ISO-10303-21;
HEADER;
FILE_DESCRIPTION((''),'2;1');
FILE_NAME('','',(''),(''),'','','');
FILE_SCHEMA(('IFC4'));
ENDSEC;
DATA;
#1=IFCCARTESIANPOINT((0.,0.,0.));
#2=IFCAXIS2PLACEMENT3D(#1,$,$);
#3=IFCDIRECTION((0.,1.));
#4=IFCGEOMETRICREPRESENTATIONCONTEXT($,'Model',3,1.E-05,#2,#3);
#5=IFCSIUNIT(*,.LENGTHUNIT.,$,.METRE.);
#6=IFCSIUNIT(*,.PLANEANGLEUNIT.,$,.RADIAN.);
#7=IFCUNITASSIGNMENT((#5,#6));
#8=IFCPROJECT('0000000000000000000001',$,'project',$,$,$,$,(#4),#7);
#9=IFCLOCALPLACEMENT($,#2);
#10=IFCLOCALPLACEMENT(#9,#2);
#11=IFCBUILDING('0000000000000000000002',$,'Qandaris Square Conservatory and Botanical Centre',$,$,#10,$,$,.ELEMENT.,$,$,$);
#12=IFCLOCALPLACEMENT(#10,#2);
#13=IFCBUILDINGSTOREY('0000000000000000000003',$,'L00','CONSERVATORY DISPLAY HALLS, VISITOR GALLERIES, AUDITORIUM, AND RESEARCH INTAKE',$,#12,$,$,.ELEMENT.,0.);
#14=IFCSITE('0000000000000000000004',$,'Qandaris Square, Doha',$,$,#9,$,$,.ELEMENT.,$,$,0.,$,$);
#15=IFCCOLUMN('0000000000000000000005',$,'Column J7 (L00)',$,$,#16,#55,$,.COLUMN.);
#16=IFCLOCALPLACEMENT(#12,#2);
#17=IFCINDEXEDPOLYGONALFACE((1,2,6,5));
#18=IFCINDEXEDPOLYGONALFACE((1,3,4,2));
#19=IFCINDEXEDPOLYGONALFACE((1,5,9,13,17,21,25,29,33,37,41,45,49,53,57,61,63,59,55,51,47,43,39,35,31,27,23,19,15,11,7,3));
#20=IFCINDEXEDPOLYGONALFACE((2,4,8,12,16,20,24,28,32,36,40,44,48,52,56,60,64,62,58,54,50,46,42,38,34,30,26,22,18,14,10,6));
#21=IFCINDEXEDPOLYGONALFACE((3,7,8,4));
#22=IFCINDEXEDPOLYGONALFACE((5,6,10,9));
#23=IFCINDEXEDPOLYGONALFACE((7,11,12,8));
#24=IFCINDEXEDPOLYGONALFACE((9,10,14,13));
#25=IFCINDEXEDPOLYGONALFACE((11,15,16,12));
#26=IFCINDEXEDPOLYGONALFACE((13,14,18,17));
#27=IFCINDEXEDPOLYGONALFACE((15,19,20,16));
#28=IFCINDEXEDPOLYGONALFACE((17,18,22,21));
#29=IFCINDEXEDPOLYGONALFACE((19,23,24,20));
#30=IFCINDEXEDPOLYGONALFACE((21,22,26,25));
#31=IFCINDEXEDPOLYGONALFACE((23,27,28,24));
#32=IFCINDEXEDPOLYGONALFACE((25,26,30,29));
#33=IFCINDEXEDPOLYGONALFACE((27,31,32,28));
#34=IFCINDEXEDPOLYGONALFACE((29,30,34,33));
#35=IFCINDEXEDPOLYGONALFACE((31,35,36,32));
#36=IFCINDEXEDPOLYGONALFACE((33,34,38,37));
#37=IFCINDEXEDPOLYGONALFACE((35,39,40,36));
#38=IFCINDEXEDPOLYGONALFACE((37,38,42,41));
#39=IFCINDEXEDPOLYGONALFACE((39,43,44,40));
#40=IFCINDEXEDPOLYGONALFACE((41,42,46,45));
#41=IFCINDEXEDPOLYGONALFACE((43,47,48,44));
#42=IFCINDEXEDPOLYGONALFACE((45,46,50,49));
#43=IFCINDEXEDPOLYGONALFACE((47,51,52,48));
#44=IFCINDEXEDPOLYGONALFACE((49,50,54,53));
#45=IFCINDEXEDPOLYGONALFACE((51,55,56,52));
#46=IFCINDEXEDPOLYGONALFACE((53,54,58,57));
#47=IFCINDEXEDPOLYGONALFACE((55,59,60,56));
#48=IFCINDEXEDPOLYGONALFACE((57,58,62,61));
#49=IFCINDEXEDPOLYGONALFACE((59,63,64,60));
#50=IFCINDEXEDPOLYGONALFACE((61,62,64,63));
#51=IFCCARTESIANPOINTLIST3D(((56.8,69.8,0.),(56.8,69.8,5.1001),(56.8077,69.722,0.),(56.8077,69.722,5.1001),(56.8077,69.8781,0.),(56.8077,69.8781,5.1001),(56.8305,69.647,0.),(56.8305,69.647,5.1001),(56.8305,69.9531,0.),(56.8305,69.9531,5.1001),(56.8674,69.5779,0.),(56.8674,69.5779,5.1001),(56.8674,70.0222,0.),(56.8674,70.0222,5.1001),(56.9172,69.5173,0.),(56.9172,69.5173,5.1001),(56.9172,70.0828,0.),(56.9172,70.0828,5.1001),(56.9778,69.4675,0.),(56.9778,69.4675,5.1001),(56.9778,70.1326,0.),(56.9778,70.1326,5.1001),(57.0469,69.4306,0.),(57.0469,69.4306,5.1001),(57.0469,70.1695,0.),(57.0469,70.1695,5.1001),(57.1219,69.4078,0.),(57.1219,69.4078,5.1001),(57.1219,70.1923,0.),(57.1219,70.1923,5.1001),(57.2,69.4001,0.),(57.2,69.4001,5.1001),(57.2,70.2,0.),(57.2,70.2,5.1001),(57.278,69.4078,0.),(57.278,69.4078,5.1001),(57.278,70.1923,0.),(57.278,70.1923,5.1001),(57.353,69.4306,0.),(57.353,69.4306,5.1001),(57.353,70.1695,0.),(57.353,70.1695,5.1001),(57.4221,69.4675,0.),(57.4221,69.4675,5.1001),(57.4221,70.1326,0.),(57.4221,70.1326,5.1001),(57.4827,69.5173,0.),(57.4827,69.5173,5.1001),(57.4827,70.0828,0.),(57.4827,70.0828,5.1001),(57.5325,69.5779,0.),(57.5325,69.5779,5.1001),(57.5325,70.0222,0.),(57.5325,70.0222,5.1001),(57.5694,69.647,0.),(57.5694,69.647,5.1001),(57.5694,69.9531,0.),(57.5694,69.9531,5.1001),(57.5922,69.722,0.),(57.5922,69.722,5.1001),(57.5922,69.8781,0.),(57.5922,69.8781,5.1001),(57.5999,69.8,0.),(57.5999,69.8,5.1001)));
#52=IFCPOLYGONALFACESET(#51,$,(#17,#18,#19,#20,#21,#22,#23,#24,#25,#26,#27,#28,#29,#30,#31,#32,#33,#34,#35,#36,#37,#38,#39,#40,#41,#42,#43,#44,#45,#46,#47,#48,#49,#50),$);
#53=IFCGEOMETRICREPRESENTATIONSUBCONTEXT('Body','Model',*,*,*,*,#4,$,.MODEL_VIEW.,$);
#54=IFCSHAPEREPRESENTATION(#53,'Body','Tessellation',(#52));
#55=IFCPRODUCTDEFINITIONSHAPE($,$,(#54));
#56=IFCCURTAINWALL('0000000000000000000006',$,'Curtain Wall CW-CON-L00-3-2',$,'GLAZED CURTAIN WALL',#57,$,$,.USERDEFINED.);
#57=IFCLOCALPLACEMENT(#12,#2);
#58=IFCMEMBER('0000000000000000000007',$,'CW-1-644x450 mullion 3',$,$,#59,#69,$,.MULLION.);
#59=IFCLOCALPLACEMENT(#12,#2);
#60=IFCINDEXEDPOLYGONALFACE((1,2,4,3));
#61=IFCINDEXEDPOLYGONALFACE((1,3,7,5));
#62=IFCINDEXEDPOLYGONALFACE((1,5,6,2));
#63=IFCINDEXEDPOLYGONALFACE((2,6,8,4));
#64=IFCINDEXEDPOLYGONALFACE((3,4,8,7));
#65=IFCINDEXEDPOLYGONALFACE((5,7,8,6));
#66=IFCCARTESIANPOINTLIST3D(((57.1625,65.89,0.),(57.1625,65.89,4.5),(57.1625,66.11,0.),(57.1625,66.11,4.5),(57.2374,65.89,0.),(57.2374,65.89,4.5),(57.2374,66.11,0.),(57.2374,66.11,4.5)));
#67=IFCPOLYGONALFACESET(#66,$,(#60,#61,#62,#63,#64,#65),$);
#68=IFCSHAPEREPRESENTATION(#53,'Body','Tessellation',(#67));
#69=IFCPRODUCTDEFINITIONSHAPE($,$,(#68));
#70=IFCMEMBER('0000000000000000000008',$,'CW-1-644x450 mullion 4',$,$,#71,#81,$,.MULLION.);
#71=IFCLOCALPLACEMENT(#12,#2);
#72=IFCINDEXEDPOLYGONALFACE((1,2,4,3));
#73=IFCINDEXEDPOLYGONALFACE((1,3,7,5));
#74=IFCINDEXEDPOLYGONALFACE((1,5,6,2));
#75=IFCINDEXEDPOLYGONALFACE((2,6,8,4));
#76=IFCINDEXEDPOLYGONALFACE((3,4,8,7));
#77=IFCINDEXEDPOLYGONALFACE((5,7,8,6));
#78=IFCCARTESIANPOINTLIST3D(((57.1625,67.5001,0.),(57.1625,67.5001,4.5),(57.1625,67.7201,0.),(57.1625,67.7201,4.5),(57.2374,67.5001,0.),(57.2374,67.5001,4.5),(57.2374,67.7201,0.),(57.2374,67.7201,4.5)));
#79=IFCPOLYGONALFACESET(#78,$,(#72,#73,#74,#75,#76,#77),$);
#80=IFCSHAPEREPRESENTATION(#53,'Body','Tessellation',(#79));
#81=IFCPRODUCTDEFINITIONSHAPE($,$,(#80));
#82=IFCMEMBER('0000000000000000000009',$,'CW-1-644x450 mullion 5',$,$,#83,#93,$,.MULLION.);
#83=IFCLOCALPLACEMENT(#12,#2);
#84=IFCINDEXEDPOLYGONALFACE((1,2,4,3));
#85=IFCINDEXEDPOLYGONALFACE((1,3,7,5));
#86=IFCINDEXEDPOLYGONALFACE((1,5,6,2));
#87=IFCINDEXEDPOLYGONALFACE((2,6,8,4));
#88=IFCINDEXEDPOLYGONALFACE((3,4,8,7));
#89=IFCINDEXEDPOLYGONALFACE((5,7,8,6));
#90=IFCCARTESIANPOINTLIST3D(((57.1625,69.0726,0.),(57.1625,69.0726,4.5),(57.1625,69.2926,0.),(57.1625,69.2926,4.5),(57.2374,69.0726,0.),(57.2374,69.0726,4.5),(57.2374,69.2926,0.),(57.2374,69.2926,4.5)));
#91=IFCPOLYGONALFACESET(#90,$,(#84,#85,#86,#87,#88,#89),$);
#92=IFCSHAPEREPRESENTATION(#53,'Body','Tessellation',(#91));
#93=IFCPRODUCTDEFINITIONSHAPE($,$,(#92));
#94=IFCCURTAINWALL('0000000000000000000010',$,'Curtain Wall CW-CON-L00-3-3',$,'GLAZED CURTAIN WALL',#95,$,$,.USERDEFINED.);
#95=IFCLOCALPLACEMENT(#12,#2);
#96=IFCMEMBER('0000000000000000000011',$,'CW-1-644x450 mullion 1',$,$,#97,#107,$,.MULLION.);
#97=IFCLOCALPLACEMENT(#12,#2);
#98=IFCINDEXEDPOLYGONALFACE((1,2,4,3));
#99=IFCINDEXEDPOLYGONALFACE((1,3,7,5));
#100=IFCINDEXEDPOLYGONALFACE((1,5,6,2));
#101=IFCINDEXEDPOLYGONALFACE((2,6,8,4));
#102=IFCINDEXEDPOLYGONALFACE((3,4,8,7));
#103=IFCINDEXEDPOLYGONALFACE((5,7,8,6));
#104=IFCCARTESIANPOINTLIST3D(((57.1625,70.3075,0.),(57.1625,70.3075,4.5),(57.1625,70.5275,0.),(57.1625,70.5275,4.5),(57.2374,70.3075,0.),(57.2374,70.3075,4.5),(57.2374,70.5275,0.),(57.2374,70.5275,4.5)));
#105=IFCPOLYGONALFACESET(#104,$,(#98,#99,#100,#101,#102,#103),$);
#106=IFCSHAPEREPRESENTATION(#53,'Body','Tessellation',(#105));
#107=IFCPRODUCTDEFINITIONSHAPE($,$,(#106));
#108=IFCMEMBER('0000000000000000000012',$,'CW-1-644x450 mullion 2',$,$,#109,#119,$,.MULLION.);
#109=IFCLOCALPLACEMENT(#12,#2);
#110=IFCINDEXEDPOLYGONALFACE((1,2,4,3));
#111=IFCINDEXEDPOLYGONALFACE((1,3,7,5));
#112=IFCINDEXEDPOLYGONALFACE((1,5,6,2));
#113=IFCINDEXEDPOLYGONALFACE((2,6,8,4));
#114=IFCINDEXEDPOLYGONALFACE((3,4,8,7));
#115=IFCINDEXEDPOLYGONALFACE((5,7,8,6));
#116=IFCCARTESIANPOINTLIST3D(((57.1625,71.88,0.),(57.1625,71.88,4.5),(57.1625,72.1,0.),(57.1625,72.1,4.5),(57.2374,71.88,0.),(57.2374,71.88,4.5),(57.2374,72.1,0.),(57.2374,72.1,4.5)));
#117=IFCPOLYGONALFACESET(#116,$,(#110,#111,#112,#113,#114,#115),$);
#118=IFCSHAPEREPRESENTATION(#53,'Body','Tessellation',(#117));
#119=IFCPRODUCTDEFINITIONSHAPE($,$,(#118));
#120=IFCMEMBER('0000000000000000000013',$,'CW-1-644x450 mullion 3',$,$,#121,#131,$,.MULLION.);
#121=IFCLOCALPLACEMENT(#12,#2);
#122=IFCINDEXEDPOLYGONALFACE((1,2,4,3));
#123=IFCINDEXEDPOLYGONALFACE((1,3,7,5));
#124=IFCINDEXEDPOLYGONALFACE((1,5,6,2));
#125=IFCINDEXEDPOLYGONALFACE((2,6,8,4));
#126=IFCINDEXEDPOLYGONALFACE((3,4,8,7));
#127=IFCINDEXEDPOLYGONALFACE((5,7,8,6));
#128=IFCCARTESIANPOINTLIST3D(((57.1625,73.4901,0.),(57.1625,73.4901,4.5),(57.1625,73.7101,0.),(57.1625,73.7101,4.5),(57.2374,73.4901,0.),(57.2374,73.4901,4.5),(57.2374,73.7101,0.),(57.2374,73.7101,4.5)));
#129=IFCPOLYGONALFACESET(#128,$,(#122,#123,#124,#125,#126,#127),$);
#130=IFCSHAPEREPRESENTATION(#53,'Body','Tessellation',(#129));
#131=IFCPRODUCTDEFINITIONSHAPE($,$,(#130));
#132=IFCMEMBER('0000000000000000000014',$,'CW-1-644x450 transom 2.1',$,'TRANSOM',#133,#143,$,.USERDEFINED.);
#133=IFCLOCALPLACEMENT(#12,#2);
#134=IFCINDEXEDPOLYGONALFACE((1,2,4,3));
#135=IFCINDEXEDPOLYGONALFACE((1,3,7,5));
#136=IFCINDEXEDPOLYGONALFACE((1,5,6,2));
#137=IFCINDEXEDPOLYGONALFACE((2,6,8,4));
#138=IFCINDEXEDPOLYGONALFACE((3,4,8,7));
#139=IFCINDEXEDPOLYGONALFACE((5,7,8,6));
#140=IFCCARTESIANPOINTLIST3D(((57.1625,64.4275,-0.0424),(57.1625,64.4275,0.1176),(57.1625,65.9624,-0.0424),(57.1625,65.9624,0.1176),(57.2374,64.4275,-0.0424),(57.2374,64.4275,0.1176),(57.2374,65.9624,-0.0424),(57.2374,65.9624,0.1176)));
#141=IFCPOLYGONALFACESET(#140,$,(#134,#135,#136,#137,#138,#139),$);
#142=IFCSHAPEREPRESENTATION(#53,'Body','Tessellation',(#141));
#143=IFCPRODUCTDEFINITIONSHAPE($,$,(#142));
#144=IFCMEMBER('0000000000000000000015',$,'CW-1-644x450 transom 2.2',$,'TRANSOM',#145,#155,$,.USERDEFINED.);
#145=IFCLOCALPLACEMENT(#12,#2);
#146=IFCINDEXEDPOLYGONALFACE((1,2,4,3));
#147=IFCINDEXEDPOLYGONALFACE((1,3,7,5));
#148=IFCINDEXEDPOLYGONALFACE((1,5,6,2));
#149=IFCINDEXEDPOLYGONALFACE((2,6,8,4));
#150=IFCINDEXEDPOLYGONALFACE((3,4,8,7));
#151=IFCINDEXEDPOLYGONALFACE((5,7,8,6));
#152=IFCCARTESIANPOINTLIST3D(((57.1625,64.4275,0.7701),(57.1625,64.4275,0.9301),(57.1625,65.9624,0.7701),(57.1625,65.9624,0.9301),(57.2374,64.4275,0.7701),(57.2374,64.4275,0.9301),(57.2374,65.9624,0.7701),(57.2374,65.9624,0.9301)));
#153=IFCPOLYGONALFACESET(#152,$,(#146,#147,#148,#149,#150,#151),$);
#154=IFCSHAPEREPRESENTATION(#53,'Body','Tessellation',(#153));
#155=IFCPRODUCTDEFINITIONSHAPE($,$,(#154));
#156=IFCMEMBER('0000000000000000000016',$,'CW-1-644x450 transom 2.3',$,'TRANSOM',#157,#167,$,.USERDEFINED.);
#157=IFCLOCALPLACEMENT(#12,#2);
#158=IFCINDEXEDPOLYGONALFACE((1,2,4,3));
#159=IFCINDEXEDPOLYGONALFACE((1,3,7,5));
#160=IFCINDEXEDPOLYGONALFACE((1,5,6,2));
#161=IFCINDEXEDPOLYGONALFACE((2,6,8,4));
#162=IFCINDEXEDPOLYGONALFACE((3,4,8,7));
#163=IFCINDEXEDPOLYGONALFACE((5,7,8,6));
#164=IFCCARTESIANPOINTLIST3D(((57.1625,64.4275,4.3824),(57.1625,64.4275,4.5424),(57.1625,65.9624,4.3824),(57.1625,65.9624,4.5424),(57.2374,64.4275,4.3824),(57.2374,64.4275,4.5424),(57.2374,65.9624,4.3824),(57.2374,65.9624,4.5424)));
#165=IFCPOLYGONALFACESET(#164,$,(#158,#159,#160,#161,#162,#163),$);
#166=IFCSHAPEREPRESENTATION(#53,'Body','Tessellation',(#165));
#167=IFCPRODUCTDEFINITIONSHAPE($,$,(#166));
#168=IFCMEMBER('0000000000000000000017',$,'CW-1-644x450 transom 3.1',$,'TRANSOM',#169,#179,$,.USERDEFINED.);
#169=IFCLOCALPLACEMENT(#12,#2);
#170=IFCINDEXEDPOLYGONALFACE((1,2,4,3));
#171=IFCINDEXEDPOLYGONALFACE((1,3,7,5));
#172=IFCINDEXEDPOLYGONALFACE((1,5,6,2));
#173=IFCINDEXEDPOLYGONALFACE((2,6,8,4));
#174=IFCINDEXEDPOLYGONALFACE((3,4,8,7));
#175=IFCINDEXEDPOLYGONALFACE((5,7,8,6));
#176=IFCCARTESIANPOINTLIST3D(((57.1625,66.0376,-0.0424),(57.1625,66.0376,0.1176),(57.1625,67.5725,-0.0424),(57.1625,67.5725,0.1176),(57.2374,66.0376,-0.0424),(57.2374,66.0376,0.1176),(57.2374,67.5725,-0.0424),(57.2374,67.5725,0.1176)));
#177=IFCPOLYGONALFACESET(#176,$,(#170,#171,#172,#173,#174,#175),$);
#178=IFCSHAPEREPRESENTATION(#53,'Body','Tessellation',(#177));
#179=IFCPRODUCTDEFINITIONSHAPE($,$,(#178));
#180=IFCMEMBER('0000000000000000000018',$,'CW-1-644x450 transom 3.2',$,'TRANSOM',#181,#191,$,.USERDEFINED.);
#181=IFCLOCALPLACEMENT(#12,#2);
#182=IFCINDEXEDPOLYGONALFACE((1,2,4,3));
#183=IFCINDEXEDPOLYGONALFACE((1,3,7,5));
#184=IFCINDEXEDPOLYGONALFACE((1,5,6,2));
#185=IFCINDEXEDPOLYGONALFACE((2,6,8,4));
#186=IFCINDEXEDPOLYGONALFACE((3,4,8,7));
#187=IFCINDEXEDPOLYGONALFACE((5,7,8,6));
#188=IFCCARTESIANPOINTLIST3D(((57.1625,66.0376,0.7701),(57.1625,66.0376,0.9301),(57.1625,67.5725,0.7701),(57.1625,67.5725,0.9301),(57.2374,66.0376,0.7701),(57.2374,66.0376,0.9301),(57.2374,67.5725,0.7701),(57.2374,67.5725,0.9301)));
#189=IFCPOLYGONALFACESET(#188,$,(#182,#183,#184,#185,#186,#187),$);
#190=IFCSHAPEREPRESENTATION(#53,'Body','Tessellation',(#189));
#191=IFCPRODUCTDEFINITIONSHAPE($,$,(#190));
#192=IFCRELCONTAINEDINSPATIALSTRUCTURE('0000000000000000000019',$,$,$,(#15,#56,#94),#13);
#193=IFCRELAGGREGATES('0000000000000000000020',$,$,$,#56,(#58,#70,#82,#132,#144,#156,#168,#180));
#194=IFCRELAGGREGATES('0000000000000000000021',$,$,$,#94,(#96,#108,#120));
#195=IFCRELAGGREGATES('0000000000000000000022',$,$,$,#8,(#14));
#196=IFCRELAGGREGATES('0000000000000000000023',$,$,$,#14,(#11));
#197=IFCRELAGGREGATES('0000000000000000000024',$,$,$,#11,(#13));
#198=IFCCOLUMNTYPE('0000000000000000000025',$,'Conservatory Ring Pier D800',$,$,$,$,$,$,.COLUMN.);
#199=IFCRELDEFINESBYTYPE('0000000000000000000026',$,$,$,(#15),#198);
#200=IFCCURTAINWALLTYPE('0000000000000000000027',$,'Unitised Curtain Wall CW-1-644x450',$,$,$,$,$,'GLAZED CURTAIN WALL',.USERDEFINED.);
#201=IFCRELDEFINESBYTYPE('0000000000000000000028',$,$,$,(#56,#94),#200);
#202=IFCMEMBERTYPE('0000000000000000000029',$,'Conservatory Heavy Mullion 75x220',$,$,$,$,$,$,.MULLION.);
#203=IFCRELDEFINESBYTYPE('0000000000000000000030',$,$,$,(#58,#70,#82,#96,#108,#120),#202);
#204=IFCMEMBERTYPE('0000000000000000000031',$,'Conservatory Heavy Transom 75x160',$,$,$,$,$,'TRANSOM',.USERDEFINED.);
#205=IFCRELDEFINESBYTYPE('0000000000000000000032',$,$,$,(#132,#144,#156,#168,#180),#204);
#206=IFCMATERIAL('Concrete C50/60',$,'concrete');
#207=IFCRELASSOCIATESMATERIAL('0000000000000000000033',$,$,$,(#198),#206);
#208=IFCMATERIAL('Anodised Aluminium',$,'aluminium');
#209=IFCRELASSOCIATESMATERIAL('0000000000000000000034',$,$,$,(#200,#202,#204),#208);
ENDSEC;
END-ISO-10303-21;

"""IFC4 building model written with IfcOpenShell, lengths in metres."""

from ifc_helpers import new_model, si_unit, direction, frame, origin, origin_2d, place, context, subcontext, project, spatial, rectangle, circle, extrude, material, material_profile, profile_set, type_object, element, aggregate, save


model = new_model("IFC4")

# Units and contexts
model_context = context("Model", 3, precision=1e-05, world=origin(), true_north=direction((0.0, 1.0)))
body_context = subcontext(model_context, "Body", "Model", "MODEL_VIEW")
ifc_project = project(units=[si_unit("LENGTHUNIT", "METRE"), si_unit("PLANEANGLEUNIT", "RADIAN")], contexts=[model_context])

# Site, building, storey
site_placement = place(None, origin())
site = spatial("IfcSite", under=ifc_project, at=site_placement, Name="Qandaris Square, Doha", CompositionType="ELEMENT", RefElevation=0.0)
building_placement = place(site_placement, origin())
building = spatial("IfcBuilding", under=site, at=building_placement, Name="Qandaris Square Conservatory and Botanical Centre", CompositionType="ELEMENT")
storey_placement = place(building_placement, origin())
storey = spatial("IfcBuildingStorey", under=building, at=storey_placement, Name="L00", Description="CONSERVATORY DISPLAY HALLS, VISITOR GALLERIES, AUDITORIUM, AND RESEARCH INTAKE", CompositionType="ELEMENT", Elevation=0.0)

# Column
ifc_material_1 = material(Name="Concrete C50/60", Category="concrete")
ifc_material_profile_1 = material_profile(ifc_material_1, circle(Radius=0.3999, at=origin_2d()), Name="RC-COL D800")
ifc_profile_set_1 = profile_set([ifc_material_profile_1], Name="Concrete C50/60")
column_type = type_object("IfcColumnType", Name="Conservatory Ring Pier D800", PredefinedType="COLUMN", material=ifc_profile_set_1)
column_placement = place(storey_placement, frame((57.2, 69.8, 0.0), z_axis=(0.0, 0.0, 1.0), x_axis=(1.0, 0.0, 0.0)))
element("IfcColumn", 1, at=column_placement, inside=storey, type_object=column_type, Name="Column J7 (L00)", PredefinedType="COLUMN", context=body_context, shape_type="SweptSolid", body=[
    extrude(circle(Radius=0.3999, at=origin_2d()), origin(), (0.0, 0.0, 1.0), 5.1001),
])

# Curtain walls, members
ifc_material_2 = material(Name="Anodised Aluminium", Category="aluminium")
curtain_wall_type = type_object("IfcCurtainWallType", Name="Unitised Curtain Wall CW-1-644x450", ElementType="GLAZED CURTAIN WALL", PredefinedType="USERDEFINED", material=ifc_material_2)
curtain_wall_1_placement = place(storey_placement, origin())
curtain_wall_1 = element("IfcCurtainWall", 2, at=curtain_wall_1_placement, inside=storey, type_object=curtain_wall_type, Name="Curtain Wall CW-CON-L00-3-2", ObjectType="GLAZED CURTAIN WALL", PredefinedType="USERDEFINED")
ifc_material_profile_2 = material_profile(ifc_material_2, rectangle(XDim=0.075, YDim=0.22, at=origin_2d()), Name="ALU-MUL 75x220")
ifc_profile_set_2 = profile_set([ifc_material_profile_2], Name="Anodised Aluminium")
member_type_1 = type_object("IfcMemberType", Name="Conservatory Heavy Mullion 75x220", PredefinedType="MULLION", material=ifc_profile_set_2)
member_1_placement = place(storey_placement, frame((57.2, 66.0, 0.0), z_axis=(0.0, 0.0, 1.0), x_axis=(-1.0, 0.0, 0.0)))
member_1 = element("IfcMember", 3, at=member_1_placement, type_object=member_type_1, Name="CW-1-644x450 mullion 3", PredefinedType="MULLION", context=body_context, shape_type="SweptSolid", body=[
    extrude(rectangle(XDim=0.075, YDim=0.22, at=origin_2d()), origin(), (0.0, 0.0, 1.0), 4.5),
])
member_2_placement = place(storey_placement, frame((57.2, 67.6101, 0.0), z_axis=(0.0, 0.0, 1.0), x_axis=(-1.0, 0.0, 0.0)))
member_2 = element("IfcMember", 4, at=member_2_placement, type_object=member_type_1, Name="CW-1-644x450 mullion 4", PredefinedType="MULLION", context=body_context, shape_type="SweptSolid", body=[
    extrude(rectangle(XDim=0.075, YDim=0.22, at=origin_2d()), origin(), (0.0, 0.0, 1.0), 4.5),
])
member_3_placement = place(storey_placement, frame((57.2, 69.1826, 0.0), z_axis=(0.0, 0.0, 1.0), x_axis=(-1.0, 0.0, 0.0)))
member_3 = element("IfcMember", 5, at=member_3_placement, type_object=member_type_1, Name="CW-1-644x450 mullion 5", PredefinedType="MULLION", context=body_context, shape_type="SweptSolid", body=[
    extrude(rectangle(XDim=0.075, YDim=0.22, at=origin_2d()), origin(), (0.0, 0.0, 1.0), 4.5),
])
curtain_wall_2_placement = place(storey_placement, origin())
curtain_wall_2 = element("IfcCurtainWall", 6, at=curtain_wall_2_placement, inside=storey, type_object=curtain_wall_type, Name="Curtain Wall CW-CON-L00-3-3", ObjectType="GLAZED CURTAIN WALL", PredefinedType="USERDEFINED")
member_4_placement = place(storey_placement, frame((57.2, 70.4175, 0.0), z_axis=(0.0, 0.0, 1.0), x_axis=(-1.0, 0.0, 0.0)))
member_4 = element("IfcMember", 7, at=member_4_placement, type_object=member_type_1, Name="CW-1-644x450 mullion 1", PredefinedType="MULLION", context=body_context, shape_type="SweptSolid", body=[
    extrude(rectangle(XDim=0.075, YDim=0.22, at=origin_2d()), origin(), (0.0, 0.0, 1.0), 4.5),
])
member_5_placement = place(storey_placement, frame((57.2, 71.99, 0.0), z_axis=(0.0, 0.0, 1.0), x_axis=(-1.0, 0.0, 0.0)))
member_5 = element("IfcMember", 8, at=member_5_placement, type_object=member_type_1, Name="CW-1-644x450 mullion 2", PredefinedType="MULLION", context=body_context, shape_type="SweptSolid", body=[
    extrude(rectangle(XDim=0.075, YDim=0.22, at=origin_2d()), origin(), (0.0, 0.0, 1.0), 4.5),
])
member_6_placement = place(storey_placement, frame((57.2, 73.6001, 0.0), z_axis=(0.0, 0.0, 1.0), x_axis=(-1.0, 0.0, 0.0)))
member_6 = element("IfcMember", 9, at=member_6_placement, type_object=member_type_1, Name="CW-1-644x450 mullion 3", PredefinedType="MULLION", context=body_context, shape_type="SweptSolid", body=[
    extrude(rectangle(XDim=0.075, YDim=0.22, at=origin_2d()), origin(), (0.0, 0.0, 1.0), 4.5),
])

# Members
ifc_material_profile_3 = material_profile(ifc_material_2, rectangle(XDim=0.075, YDim=0.1599, at=origin_2d()), Name="ALU-TRN 75x160")
ifc_profile_set_3 = profile_set([ifc_material_profile_3], Name="Anodised Aluminium")
member_type_2 = type_object("IfcMemberType", Name="Conservatory Heavy Transom 75x160", ElementType="TRANSOM", PredefinedType="USERDEFINED", material=ifc_profile_set_3)
member_7_placement = place(storey_placement, frame((57.2, 64.4275, 0.0376), z_axis=(0.0, 1.0, 0.0), x_axis=(-1.0, 0.0, 0.0)))
member_7 = element("IfcMember", 10, at=member_7_placement, type_object=member_type_2, Name="CW-1-644x450 transom 2.1", ObjectType="TRANSOM", PredefinedType="USERDEFINED", context=body_context, shape_type="SweptSolid", body=[
    extrude(rectangle(XDim=0.075, YDim=0.1599, at=origin_2d()), origin(), (0.0, 0.0, 1.0), 1.5349),
])
member_8_placement = place(storey_placement, frame((57.2, 64.4275, 0.8501), z_axis=(0.0, 1.0, 0.0), x_axis=(-1.0, 0.0, 0.0)))
member_8 = element("IfcMember", 11, at=member_8_placement, type_object=member_type_2, Name="CW-1-644x450 transom 2.2", ObjectType="TRANSOM", PredefinedType="USERDEFINED", context=body_context, shape_type="SweptSolid", body=[
    extrude(rectangle(XDim=0.075, YDim=0.1599, at=origin_2d()), origin(), (0.0, 0.0, 1.0), 1.5349),
])
member_9_placement = place(storey_placement, frame((57.2, 64.4275, 4.4624), z_axis=(0.0, 1.0, 0.0), x_axis=(-1.0, 0.0, 0.0)))
member_9 = element("IfcMember", 12, at=member_9_placement, type_object=member_type_2, Name="CW-1-644x450 transom 2.3", ObjectType="TRANSOM", PredefinedType="USERDEFINED", context=body_context, shape_type="SweptSolid", body=[
    extrude(rectangle(XDim=0.075, YDim=0.1599, at=origin_2d()), origin(), (0.0, 0.0, 1.0), 1.5349),
])
member_10_placement = place(storey_placement, frame((57.2, 66.0376, 0.0376), z_axis=(0.0, 1.0, 0.0), x_axis=(-1.0, 0.0, 0.0)))
member_10 = element("IfcMember", 13, at=member_10_placement, type_object=member_type_2, Name="CW-1-644x450 transom 3.1", ObjectType="TRANSOM", PredefinedType="USERDEFINED", context=body_context, shape_type="SweptSolid", body=[
    extrude(rectangle(XDim=0.075, YDim=0.1599, at=origin_2d()), origin(), (0.0, 0.0, 1.0), 1.5349),
])
member_11_placement = place(storey_placement, frame((57.2, 66.0376, 0.8501), z_axis=(0.0, 1.0, 0.0), x_axis=(-1.0, 0.0, 0.0)))
member_11 = element("IfcMember", 14, at=member_11_placement, type_object=member_type_2, Name="CW-1-644x450 transom 3.2", ObjectType="TRANSOM", PredefinedType="USERDEFINED", context=body_context, shape_type="SweptSolid", body=[
    extrude(rectangle(XDim=0.075, YDim=0.1599, at=origin_2d()), origin(), (0.0, 0.0, 1.0), 1.5349),
])

aggregate(curtain_wall_1, [member_1, member_2, member_3, member_7, member_8, member_9, member_10, member_11])
aggregate(curtain_wall_2, [member_4, member_5, member_6])

save(model, "model.ifc")
